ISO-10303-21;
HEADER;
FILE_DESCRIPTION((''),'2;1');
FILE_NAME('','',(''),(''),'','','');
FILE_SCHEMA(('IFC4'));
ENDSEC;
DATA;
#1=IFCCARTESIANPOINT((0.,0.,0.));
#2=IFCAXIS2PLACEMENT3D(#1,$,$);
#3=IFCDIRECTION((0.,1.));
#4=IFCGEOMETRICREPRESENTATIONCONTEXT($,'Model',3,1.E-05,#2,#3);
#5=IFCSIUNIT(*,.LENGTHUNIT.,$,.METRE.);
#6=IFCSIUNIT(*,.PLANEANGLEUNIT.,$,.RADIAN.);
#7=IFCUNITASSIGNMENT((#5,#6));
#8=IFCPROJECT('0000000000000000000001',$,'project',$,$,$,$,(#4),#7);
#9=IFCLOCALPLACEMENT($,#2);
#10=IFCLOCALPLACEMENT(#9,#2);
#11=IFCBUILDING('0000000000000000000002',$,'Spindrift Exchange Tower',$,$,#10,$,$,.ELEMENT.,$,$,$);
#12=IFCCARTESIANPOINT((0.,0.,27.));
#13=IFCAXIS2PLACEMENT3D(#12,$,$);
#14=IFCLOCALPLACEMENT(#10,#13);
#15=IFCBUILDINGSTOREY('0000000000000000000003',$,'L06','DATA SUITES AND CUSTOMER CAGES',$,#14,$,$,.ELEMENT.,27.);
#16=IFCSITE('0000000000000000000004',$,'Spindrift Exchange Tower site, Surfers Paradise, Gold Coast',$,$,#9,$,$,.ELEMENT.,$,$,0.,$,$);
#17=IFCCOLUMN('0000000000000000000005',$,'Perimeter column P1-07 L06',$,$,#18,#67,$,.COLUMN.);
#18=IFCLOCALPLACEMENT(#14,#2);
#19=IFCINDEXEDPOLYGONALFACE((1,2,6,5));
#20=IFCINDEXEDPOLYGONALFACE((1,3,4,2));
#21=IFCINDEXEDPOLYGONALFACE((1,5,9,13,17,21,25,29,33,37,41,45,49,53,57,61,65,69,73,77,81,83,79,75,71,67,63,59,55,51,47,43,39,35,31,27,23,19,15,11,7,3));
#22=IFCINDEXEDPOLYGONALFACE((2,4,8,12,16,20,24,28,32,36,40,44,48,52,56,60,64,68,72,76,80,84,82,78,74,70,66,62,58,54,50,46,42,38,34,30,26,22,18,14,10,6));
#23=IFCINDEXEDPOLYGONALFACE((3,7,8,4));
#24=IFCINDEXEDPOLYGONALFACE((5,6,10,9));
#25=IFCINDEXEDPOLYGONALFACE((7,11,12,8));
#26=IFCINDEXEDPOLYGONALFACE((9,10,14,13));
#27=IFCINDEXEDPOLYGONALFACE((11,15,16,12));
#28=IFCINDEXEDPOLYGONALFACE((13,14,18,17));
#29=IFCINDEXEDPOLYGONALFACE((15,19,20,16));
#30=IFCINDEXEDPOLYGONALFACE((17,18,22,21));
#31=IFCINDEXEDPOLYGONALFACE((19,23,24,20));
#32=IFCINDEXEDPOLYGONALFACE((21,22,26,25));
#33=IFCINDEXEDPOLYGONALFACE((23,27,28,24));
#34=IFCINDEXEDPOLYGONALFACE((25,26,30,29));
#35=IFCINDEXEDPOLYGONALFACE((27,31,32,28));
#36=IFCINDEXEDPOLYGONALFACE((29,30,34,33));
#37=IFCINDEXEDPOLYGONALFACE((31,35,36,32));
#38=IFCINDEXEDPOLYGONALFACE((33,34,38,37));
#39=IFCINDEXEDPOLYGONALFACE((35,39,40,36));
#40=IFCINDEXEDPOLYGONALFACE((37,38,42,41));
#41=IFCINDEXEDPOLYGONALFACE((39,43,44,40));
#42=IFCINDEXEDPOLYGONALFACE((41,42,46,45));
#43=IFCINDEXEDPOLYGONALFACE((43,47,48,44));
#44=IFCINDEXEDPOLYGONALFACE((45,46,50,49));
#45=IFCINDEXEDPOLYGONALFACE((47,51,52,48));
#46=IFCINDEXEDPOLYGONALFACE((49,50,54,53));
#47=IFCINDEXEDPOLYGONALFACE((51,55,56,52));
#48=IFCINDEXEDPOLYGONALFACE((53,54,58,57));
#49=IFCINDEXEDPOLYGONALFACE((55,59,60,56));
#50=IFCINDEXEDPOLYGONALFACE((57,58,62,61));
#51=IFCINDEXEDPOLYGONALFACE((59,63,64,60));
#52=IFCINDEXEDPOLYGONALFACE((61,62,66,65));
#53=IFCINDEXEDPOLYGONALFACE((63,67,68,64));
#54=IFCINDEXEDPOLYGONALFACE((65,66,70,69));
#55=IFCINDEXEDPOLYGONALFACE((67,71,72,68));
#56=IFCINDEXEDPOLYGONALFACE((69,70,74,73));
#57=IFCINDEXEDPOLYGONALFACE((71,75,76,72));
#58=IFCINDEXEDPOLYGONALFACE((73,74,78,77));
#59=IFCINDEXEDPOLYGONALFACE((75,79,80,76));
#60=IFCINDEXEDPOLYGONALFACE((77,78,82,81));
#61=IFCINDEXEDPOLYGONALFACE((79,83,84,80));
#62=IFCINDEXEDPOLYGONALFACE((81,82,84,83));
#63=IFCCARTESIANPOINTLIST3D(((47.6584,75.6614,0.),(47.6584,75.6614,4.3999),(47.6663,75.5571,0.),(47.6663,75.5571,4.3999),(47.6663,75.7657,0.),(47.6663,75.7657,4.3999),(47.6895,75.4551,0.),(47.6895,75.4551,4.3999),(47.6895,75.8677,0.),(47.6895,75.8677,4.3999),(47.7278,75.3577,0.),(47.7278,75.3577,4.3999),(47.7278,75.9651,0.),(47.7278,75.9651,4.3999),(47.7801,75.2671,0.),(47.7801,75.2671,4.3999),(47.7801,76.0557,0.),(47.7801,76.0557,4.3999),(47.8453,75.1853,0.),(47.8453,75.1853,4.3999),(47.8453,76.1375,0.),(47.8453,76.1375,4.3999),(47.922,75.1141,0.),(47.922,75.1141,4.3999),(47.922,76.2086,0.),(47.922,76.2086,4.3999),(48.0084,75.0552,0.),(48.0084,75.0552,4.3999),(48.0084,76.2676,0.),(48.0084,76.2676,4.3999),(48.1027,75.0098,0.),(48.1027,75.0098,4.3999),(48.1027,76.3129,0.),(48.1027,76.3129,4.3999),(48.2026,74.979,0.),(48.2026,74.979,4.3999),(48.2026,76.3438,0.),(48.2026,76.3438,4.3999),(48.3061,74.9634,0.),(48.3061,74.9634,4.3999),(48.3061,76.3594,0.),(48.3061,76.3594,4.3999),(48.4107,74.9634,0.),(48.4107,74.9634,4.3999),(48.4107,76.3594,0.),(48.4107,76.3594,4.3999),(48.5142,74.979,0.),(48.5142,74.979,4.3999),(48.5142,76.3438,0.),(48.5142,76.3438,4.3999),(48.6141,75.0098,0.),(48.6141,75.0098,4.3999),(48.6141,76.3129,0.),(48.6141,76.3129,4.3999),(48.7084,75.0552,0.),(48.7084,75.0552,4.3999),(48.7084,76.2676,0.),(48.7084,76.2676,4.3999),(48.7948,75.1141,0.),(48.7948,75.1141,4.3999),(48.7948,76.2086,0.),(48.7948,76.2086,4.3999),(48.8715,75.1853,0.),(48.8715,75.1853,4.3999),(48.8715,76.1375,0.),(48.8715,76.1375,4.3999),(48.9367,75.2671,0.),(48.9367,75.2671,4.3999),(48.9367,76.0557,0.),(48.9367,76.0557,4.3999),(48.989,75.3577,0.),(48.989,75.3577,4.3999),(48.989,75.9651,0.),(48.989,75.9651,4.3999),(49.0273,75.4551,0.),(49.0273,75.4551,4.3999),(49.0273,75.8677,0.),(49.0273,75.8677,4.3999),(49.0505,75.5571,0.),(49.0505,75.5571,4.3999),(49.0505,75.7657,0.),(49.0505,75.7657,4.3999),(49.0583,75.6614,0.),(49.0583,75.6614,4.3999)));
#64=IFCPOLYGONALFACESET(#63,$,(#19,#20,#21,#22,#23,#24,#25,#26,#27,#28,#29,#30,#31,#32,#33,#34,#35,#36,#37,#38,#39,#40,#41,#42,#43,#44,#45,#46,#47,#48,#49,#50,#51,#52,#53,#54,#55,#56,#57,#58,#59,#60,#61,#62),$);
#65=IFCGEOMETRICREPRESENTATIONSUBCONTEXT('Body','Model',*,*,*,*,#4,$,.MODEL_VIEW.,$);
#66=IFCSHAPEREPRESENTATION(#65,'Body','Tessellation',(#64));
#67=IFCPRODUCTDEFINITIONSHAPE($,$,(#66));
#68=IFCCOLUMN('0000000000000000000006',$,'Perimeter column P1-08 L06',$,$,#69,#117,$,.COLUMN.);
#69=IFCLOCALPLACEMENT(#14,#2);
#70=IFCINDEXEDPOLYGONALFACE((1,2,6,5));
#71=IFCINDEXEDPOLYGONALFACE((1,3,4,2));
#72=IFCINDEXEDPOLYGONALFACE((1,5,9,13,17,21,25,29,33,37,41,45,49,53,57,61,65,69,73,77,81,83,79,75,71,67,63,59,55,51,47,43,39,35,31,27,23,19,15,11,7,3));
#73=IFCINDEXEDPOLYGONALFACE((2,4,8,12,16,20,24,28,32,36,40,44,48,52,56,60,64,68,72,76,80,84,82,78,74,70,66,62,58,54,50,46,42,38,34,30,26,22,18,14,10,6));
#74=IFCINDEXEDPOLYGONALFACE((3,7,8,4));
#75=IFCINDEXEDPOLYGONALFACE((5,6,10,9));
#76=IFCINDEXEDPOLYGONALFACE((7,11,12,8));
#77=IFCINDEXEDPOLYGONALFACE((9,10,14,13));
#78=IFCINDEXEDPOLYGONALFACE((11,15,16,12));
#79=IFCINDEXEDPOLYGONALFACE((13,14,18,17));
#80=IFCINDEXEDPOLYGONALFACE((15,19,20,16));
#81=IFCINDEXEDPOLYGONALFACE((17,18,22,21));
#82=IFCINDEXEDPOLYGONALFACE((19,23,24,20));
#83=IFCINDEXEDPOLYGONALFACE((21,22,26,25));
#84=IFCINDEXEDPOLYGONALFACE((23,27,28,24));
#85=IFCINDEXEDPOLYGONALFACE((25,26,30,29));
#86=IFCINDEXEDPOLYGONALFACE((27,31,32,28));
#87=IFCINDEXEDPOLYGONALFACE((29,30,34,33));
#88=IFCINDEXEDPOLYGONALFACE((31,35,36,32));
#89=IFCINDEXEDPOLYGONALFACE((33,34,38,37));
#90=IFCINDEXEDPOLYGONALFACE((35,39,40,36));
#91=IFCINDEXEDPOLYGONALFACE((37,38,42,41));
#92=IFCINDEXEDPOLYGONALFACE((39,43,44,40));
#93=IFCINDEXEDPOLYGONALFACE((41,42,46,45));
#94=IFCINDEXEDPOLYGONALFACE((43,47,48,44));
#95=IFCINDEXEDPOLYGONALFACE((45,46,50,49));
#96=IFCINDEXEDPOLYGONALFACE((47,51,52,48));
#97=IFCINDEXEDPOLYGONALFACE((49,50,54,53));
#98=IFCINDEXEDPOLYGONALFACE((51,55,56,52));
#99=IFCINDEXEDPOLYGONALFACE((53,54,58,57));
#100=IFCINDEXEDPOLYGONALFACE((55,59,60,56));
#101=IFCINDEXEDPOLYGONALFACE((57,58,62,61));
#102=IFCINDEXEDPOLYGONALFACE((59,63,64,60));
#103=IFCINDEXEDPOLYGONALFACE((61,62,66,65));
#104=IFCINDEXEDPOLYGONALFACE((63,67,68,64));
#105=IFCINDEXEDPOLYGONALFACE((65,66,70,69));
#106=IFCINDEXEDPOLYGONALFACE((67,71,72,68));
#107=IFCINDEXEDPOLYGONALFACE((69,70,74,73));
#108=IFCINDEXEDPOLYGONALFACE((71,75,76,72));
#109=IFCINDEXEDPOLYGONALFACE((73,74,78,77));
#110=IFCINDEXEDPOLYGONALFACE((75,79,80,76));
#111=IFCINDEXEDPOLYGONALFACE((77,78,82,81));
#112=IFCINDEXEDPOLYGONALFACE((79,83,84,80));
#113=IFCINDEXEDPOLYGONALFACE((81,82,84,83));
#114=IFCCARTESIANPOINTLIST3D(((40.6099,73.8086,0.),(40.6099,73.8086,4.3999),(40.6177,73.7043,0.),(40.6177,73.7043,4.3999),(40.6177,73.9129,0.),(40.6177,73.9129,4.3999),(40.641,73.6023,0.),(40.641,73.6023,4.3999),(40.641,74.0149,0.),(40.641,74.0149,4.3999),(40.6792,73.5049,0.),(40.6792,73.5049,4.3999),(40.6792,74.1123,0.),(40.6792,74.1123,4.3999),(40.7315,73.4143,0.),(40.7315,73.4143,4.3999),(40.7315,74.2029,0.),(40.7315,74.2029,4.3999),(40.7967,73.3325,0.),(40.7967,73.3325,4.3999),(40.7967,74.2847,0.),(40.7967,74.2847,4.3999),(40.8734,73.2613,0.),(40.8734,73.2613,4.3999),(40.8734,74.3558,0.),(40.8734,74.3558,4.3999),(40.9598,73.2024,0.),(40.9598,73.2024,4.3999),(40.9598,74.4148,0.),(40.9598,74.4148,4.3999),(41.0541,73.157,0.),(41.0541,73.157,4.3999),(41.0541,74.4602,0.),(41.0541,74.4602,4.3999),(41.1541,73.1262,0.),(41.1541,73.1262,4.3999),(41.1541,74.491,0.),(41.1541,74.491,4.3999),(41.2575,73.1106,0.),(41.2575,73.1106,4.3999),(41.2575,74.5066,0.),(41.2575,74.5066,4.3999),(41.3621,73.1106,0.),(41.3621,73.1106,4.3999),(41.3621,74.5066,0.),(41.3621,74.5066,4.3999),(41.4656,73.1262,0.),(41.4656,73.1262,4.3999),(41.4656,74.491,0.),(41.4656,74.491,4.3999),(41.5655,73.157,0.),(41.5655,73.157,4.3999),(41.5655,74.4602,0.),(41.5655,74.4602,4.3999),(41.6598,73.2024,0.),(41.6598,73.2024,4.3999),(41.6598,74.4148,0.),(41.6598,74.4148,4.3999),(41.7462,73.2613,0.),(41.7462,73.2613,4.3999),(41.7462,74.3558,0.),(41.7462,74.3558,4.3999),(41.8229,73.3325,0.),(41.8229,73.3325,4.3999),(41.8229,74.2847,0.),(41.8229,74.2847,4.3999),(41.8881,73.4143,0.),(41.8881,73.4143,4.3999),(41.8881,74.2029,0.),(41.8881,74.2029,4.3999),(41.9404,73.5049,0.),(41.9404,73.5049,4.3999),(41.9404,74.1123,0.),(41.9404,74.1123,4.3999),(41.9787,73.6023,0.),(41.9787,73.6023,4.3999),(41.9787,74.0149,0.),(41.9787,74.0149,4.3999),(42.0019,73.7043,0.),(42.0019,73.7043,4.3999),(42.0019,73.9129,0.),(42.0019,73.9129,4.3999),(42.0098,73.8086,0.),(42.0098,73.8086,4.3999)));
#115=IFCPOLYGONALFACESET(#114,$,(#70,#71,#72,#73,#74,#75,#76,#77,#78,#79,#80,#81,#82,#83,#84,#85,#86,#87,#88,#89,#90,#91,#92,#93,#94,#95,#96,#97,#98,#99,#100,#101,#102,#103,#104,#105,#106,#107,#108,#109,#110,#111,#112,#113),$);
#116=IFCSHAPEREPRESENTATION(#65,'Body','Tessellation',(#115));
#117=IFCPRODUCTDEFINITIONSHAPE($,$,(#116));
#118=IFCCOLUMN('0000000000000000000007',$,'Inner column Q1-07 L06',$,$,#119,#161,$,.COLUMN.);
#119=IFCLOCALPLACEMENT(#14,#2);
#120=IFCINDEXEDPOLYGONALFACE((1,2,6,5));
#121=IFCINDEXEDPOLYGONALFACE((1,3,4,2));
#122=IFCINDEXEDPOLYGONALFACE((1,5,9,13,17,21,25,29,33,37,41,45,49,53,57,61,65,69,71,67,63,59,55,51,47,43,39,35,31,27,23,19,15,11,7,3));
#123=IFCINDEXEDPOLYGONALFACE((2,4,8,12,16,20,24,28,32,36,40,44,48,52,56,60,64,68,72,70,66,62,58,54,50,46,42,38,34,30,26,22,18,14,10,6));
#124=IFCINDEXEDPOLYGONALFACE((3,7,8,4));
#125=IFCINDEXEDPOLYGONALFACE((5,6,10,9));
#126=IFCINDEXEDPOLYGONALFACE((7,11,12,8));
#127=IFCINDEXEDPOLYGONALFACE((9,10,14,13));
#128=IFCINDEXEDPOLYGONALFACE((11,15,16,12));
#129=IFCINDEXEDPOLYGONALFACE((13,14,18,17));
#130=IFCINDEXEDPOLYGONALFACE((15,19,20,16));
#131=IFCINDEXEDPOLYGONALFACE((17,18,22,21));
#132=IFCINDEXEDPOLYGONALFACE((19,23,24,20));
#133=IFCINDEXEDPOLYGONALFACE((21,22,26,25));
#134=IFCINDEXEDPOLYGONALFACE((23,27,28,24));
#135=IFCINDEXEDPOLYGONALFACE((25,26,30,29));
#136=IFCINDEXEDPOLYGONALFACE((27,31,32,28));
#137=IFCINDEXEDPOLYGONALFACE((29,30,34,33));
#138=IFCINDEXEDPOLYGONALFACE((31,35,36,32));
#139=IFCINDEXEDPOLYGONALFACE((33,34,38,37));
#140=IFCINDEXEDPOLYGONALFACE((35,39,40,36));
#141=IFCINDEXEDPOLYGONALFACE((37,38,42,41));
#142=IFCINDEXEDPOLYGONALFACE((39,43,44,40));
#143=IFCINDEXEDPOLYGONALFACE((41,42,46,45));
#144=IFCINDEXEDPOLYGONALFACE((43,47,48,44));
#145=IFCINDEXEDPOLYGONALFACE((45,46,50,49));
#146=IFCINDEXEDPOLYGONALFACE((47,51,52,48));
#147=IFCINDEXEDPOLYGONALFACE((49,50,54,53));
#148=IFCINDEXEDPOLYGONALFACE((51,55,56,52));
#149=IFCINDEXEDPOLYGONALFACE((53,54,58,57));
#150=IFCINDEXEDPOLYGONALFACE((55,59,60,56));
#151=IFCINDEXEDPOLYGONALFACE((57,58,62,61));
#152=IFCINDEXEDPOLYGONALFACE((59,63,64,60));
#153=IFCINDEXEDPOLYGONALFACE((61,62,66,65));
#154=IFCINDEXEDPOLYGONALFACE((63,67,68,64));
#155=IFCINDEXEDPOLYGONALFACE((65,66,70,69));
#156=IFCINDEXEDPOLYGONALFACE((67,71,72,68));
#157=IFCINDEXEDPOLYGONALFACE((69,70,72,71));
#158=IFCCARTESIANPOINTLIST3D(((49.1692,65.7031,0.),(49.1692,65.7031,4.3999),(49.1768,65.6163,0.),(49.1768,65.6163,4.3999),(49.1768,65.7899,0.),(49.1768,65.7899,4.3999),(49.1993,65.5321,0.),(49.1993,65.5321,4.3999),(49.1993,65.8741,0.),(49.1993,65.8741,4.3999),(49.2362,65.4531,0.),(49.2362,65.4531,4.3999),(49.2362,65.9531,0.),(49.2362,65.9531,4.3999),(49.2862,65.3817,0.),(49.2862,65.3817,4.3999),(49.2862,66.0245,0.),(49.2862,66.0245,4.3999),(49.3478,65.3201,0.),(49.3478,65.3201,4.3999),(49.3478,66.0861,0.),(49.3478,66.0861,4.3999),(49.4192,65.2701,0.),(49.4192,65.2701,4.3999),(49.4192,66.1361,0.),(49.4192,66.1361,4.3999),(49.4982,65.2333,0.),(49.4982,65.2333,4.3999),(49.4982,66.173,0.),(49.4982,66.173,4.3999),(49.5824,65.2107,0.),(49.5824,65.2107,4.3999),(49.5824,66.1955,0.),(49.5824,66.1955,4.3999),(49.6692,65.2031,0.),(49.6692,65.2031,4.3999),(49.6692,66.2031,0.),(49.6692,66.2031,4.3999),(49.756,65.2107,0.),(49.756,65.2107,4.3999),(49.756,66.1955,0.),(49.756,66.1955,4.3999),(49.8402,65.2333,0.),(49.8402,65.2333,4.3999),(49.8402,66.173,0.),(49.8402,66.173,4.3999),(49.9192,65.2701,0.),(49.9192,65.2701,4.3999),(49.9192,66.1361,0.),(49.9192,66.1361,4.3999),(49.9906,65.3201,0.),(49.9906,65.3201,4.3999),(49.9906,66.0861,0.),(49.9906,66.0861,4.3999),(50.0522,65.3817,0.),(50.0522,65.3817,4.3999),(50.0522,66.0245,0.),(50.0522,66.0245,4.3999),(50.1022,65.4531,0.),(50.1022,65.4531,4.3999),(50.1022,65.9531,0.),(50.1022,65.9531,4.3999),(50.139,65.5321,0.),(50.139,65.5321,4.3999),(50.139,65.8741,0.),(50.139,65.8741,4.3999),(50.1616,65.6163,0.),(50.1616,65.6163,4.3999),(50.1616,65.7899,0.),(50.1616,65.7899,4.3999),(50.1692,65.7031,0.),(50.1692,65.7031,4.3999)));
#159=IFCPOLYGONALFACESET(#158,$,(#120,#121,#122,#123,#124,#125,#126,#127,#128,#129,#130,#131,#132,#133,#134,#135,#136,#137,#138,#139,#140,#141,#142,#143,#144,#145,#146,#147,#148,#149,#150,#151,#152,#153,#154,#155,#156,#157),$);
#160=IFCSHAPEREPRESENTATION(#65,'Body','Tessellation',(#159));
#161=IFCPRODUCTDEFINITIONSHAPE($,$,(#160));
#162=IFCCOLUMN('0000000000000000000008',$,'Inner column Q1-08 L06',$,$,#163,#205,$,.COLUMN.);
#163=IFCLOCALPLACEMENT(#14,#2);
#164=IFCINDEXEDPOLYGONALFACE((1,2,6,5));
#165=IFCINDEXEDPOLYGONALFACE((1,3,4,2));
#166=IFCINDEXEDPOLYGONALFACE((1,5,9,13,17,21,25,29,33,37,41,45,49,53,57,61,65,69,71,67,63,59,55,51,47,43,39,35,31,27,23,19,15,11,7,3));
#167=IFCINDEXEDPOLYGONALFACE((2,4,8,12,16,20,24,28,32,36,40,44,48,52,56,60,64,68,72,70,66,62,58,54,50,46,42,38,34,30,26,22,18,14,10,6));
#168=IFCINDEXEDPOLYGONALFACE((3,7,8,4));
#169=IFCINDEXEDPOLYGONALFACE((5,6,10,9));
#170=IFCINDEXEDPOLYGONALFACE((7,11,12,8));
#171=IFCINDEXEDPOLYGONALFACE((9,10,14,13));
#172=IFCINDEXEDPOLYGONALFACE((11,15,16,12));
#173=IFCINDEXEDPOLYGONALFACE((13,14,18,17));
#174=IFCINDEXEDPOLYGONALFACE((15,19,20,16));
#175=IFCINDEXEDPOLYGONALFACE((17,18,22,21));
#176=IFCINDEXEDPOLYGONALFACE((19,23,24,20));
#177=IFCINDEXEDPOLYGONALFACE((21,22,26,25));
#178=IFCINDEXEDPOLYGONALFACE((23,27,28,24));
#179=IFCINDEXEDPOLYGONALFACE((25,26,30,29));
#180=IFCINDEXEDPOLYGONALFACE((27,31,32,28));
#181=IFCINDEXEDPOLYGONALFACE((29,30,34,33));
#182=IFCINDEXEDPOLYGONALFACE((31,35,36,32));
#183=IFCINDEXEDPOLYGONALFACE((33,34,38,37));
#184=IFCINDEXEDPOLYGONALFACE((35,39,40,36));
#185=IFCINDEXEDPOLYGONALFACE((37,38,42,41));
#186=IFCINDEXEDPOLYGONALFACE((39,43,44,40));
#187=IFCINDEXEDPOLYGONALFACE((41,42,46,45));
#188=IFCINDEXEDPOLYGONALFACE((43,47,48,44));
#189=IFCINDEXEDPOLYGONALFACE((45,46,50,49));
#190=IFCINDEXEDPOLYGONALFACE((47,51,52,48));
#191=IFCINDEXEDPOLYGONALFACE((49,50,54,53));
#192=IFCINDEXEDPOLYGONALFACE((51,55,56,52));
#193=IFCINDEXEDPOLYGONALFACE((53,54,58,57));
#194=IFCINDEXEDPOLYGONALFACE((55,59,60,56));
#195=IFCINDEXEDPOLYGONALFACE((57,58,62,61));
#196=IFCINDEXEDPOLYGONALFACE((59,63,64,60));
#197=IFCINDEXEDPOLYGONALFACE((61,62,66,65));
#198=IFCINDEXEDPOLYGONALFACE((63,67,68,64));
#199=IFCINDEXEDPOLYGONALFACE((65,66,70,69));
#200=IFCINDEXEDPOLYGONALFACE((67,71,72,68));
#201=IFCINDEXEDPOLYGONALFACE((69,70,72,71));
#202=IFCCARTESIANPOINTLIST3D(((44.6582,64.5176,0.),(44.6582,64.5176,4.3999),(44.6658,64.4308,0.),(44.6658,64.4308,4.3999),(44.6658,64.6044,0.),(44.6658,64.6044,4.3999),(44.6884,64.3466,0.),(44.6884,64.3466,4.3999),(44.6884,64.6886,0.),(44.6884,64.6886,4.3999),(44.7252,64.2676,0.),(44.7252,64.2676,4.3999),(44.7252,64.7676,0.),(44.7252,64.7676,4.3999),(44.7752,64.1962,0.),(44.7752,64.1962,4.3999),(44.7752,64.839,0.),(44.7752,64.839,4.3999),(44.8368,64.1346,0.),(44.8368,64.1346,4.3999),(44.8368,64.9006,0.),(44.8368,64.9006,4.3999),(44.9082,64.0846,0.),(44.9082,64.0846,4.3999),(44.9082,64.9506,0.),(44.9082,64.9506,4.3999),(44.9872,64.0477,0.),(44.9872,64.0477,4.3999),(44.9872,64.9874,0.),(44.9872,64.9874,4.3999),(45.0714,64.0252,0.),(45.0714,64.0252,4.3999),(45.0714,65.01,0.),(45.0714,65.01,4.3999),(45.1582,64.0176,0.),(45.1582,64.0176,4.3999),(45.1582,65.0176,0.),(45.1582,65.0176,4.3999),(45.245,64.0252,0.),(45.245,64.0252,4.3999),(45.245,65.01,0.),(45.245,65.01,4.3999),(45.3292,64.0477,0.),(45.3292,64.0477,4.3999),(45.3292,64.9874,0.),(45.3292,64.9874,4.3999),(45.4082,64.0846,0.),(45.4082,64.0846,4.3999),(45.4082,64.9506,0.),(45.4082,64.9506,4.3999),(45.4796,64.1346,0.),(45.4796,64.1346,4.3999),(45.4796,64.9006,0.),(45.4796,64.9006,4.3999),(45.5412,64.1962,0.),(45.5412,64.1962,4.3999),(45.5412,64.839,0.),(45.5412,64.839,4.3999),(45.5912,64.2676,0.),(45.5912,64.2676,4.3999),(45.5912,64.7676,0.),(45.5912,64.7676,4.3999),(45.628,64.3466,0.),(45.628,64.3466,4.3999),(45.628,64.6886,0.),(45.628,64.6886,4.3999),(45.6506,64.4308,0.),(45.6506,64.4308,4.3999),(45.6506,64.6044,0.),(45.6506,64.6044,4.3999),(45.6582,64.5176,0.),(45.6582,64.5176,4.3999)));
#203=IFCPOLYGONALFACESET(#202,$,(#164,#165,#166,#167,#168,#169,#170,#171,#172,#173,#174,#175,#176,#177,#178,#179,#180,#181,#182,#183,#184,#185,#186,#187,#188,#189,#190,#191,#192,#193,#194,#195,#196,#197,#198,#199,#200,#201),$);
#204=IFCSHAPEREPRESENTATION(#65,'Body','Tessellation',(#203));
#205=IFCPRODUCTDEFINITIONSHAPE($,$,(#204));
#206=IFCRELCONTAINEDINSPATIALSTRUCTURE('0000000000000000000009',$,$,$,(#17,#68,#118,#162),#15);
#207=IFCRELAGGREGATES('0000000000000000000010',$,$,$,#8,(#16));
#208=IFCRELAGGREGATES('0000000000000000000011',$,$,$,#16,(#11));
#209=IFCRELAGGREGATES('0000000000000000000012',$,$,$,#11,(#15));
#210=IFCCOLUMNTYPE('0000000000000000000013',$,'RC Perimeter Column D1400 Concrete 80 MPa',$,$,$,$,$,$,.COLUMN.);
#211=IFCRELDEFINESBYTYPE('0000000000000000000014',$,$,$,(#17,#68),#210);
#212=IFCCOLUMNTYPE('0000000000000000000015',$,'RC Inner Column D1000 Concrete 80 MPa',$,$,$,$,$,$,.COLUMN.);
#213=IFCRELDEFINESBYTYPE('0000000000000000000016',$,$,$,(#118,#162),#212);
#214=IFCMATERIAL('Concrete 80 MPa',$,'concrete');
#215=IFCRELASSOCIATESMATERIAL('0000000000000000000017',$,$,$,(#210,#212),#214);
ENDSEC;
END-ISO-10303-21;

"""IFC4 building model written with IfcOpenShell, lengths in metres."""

from ifc_helpers import new_model, si_unit, direction, frame, origin, origin_2d, place, context, subcontext, project, spatial, circle, extrude, source, transform, mapped, material, material_profile, profile_set, type_object, element, save


model = new_model("IFC4")

# Units and contexts
model_context = context("Model", 3, precision=1e-05, world=origin(), true_north=direction((0.0, 1.0)))
body_context = subcontext(model_context, "Body", "Model", "MODEL_VIEW")
ifc_project = project(units=[si_unit("LENGTHUNIT", "METRE"), si_unit("PLANEANGLEUNIT", "RADIAN")], contexts=[model_context])

# Site, building, storey
site_placement = place(None, origin())
site = spatial("IfcSite", under=ifc_project, at=site_placement, Name="Spindrift Exchange Tower site, Surfers Paradise, Gold Coast", CompositionType="ELEMENT", RefElevation=0.0)
building_placement = place(site_placement, origin())
building = spatial("IfcBuilding", under=site, at=building_placement, Name="Spindrift Exchange Tower", CompositionType="ELEMENT")
storey_placement = place(building_placement, frame((0.0, 0.0, 27.0)))
storey = spatial("IfcBuildingStorey", under=building, at=storey_placement, Name="L06", Description="DATA SUITES AND CUSTOMER CAGES", CompositionType="ELEMENT", Elevation=27.0)

# Columns
ifc_material_1 = material(Name="Concrete 80 MPa", Category="concrete")
ifc_material_profile_1 = material_profile(ifc_material_1, circle(Radius=0.7, at=origin_2d()), Name="RC D1400")
ifc_profile_set_1 = profile_set([ifc_material_profile_1], Name="Concrete 80 MPa")
column_type_1 = type_object("IfcColumnType", Name="RC Perimeter Column D1400 Concrete 80 MPa", PredefinedType="COLUMN", material=ifc_profile_set_1)
shared_shape_1 = source(origin(), body_context, "Body", "SweptSolid", [
    extrude(circle(Radius=0.7, at=origin_2d()), origin(), (0.0, 0.0, 1.0), 4.3999),
])
for number, where, z_axis, x_axis, name in (
    (1, (48.3584, 75.6614, 0.0), (0.0, 0.0, 1.0), (1.0, 0.0, 0.0), "Perimeter column P1-07 L06"),
    (2, (41.3098, 73.8086, 0.0), (0.0, 0.0, 1.0), (1.0, 0.0, 0.0), "Perimeter column P1-08 L06"),
):
    element("IfcColumn", number, at=place(storey_placement, frame(where, z_axis=z_axis, x_axis=x_axis)), inside=storey, type_object=column_type_1, Name=name, PredefinedType="COLUMN", context=body_context, shape_type="MappedRepresentation", body=[
        mapped(shared_shape_1, transform((0.0, 0.0, 0.0), scale=1.0)),
    ])
ifc_material_profile_2 = material_profile(ifc_material_1, circle(Radius=0.5, at=origin_2d()), Name="RC D1000")
ifc_profile_set_2 = profile_set([ifc_material_profile_2], Name="Concrete 80 MPa")
column_type_2 = type_object("IfcColumnType", Name="RC Inner Column D1000 Concrete 80 MPa", PredefinedType="COLUMN", material=ifc_profile_set_2)
shared_shape_2 = source(origin(), body_context, "Body", "SweptSolid", [
    extrude(circle(Radius=0.5, at=origin_2d()), origin(), (0.0, 0.0, 1.0), 4.3999),
])
for number, where, z_axis, x_axis, name in (
    (3, (49.6692, 65.7031, 0.0), (0.0, 0.0, 1.0), (1.0, 0.0, 0.0), "Inner column Q1-07 L06"),
    (4, (45.1582, 64.5176, 0.0), (0.0, 0.0, 1.0), (1.0, 0.0, 0.0), "Inner column Q1-08 L06"),
):
    element("IfcColumn", number, at=place(storey_placement, frame(where, z_axis=z_axis, x_axis=x_axis)), inside=storey, type_object=column_type_2, Name=name, PredefinedType="COLUMN", context=body_context, shape_type="MappedRepresentation", body=[
        mapped(shared_shape_2, transform((0.0, 0.0, 0.0), scale=1.0)),
    ])

save(model, "model.ifc")
